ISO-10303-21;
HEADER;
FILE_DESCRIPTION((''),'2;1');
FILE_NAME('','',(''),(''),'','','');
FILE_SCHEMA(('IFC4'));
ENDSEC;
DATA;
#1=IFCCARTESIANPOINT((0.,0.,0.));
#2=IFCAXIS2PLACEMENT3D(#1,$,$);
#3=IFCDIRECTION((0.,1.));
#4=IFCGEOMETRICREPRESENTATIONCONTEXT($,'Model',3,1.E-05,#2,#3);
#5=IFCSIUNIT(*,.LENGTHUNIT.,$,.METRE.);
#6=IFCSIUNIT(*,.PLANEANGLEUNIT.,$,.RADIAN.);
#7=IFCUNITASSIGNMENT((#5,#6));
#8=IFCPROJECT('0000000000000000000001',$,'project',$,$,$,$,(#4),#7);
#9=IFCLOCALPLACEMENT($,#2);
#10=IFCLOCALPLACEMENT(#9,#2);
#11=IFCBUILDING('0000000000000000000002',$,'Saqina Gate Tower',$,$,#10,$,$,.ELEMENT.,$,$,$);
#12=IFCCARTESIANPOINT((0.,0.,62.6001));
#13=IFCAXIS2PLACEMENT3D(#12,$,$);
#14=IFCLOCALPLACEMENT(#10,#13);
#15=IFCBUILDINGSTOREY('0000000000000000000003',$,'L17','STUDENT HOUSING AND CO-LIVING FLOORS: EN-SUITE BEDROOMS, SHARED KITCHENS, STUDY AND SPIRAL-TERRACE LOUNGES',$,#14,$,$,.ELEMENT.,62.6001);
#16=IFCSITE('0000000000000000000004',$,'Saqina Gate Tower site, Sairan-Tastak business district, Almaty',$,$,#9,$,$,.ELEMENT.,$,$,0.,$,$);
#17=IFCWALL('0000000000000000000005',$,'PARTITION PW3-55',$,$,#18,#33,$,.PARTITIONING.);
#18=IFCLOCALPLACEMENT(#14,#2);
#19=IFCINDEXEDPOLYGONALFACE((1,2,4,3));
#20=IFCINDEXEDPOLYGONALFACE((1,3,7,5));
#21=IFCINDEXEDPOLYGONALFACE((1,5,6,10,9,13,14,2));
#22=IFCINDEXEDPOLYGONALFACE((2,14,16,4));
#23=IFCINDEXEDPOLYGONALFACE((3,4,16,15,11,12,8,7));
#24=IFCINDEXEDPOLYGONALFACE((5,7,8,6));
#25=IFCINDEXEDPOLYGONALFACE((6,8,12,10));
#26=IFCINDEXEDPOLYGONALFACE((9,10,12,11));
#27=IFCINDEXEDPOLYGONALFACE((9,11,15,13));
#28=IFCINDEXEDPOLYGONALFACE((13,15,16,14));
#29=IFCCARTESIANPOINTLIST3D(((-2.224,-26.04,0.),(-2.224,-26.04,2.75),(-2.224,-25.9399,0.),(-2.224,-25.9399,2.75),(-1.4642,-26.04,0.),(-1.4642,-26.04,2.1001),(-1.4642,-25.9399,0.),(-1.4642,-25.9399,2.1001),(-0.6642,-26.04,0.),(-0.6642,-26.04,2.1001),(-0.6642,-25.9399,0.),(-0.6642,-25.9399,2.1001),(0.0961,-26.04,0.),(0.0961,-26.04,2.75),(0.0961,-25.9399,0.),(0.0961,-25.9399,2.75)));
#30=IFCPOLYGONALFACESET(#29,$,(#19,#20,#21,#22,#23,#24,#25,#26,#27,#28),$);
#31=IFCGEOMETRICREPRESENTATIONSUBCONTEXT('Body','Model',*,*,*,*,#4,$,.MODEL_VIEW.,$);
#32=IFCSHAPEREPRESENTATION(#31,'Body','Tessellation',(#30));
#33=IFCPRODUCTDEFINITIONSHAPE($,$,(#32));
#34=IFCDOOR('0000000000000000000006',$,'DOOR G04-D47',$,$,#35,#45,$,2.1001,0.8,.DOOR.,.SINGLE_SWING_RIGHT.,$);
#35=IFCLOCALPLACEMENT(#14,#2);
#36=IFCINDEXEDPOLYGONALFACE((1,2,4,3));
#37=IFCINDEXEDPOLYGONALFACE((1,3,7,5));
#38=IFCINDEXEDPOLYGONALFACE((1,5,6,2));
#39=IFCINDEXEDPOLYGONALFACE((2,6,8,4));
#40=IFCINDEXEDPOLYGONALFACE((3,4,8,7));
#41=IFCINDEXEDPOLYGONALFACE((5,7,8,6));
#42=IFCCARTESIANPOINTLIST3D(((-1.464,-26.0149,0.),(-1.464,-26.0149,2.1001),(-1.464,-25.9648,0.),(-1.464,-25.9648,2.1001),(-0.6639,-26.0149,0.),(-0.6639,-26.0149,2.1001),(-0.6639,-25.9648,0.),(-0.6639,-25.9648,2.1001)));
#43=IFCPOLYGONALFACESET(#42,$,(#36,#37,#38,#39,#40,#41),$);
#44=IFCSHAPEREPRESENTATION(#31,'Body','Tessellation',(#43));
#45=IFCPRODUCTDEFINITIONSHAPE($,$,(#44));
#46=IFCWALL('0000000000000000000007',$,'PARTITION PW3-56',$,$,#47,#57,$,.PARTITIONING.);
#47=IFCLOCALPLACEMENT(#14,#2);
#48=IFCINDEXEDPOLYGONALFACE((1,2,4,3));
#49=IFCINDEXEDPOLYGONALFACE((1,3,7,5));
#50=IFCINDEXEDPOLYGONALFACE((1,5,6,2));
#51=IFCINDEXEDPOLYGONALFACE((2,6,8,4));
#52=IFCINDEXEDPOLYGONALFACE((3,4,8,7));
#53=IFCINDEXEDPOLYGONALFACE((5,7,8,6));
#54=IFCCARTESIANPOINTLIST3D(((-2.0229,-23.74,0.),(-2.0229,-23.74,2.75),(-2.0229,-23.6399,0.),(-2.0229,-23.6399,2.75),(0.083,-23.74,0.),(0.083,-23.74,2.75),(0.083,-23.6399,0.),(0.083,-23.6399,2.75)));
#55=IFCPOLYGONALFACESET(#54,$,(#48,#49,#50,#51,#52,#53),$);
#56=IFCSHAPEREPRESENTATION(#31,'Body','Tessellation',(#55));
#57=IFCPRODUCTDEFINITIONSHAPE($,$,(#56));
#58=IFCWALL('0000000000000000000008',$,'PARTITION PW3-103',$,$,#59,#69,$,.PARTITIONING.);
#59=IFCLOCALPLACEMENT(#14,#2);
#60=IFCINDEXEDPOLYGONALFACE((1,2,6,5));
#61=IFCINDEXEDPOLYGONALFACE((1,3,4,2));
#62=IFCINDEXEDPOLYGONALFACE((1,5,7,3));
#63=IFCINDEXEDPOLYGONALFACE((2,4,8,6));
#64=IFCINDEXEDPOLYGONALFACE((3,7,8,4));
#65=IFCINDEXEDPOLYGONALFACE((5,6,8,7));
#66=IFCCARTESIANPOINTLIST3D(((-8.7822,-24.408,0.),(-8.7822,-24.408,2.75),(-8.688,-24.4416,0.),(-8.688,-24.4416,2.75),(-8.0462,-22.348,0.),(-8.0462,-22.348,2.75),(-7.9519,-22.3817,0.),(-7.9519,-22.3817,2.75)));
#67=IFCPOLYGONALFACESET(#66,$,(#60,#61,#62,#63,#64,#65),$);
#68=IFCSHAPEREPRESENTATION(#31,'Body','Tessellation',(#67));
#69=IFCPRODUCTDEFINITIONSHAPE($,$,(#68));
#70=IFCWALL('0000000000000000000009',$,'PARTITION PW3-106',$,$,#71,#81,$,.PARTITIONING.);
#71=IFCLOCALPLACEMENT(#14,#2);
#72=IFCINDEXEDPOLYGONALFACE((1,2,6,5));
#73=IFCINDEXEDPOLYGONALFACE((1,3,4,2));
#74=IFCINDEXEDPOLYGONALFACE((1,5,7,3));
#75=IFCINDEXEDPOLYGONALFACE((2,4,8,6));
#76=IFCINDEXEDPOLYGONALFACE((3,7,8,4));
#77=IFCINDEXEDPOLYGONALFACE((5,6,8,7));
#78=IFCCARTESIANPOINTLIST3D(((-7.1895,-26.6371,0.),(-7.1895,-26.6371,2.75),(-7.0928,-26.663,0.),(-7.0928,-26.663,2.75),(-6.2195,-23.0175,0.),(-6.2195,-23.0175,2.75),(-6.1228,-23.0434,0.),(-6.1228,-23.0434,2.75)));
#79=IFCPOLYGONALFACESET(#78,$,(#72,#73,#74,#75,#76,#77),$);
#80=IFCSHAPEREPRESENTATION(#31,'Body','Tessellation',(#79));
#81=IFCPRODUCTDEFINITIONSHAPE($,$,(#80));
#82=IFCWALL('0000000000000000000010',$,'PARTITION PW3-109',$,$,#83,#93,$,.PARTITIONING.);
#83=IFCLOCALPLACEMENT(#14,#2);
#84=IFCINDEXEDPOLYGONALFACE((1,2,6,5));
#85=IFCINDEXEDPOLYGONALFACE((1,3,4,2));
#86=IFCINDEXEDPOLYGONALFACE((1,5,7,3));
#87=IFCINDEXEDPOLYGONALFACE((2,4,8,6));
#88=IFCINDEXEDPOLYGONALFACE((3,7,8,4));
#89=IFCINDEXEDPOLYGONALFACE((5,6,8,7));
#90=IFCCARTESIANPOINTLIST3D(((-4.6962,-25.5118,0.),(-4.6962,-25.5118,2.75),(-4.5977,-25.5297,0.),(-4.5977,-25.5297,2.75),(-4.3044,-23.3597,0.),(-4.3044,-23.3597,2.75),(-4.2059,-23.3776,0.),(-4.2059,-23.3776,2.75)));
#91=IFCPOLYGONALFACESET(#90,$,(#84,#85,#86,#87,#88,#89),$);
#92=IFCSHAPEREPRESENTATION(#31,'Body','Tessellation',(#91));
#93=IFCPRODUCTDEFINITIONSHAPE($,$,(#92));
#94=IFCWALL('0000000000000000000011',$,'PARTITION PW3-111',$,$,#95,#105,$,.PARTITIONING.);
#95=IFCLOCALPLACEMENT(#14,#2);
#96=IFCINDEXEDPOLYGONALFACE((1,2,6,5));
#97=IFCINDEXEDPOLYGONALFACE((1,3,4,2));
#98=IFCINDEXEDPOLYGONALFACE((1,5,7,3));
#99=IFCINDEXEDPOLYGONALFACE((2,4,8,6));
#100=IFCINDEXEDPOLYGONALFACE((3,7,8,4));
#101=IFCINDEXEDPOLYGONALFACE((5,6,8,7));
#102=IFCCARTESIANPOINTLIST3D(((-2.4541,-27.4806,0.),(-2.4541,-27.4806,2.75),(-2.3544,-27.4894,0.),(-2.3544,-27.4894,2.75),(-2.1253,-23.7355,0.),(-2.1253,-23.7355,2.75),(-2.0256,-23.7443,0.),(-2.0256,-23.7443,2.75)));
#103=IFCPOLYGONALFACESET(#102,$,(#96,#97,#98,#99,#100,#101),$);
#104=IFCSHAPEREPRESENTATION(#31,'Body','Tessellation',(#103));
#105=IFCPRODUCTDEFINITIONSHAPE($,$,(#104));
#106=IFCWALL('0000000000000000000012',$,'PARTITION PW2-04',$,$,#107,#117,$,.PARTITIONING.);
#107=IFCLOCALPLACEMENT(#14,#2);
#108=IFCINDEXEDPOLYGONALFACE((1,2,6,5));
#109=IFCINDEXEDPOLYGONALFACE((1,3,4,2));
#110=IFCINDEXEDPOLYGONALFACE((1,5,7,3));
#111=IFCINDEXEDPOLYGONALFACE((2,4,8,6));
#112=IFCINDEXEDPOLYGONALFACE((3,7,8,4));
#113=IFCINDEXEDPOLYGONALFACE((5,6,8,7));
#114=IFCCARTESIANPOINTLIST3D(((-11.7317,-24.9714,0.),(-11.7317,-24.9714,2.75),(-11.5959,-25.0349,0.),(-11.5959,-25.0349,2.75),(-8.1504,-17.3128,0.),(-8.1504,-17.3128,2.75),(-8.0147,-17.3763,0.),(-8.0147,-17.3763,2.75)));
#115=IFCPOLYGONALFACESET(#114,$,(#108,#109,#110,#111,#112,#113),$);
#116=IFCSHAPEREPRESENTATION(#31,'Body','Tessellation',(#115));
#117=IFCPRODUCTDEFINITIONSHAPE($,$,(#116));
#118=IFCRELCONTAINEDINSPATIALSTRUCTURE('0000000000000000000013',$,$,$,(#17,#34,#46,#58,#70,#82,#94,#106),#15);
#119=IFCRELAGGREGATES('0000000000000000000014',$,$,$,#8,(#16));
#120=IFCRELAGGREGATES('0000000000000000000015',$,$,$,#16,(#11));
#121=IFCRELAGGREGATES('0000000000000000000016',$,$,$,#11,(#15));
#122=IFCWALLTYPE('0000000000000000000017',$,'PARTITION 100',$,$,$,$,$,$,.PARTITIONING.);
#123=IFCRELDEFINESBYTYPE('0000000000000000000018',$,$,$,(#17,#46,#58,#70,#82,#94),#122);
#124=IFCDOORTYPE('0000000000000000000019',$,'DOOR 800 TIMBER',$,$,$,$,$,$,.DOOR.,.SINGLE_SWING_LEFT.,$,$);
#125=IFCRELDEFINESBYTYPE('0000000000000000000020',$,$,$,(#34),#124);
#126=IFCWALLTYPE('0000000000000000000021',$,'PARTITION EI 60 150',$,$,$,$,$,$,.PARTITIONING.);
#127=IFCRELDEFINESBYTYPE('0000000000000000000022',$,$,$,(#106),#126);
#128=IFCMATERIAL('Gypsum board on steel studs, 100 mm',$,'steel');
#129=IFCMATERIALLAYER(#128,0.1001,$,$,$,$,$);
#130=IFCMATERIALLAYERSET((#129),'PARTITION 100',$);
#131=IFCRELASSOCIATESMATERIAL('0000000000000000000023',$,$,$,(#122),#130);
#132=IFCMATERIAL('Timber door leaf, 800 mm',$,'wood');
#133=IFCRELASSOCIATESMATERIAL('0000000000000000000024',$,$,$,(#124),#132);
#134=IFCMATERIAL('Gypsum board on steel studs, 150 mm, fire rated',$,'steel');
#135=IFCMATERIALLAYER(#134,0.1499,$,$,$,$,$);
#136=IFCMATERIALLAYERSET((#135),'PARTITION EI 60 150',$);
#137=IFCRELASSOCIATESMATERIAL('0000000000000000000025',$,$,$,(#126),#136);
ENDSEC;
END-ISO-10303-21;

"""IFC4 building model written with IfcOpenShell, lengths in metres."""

from ifc_helpers import new_model, si_unit, direction, frame, frame_2d, origin, place, context, subcontext, project, spatial, rectangle, extrude, material, layer, layer_set, type_object, element, fill, save


model = new_model("IFC4")

# Units and contexts
model_context = context("Model", 3, precision=1e-05, world=origin(), true_north=direction((0.0, 1.0)))
body_context = subcontext(model_context, "Body", "Model", "MODEL_VIEW")
ifc_project = project(units=[si_unit("LENGTHUNIT", "METRE"), si_unit("PLANEANGLEUNIT", "RADIAN")], contexts=[model_context])

# Site, building, storey
site_placement = place(None, origin())
site = spatial("IfcSite", under=ifc_project, at=site_placement, Name="Saqina Gate Tower site, Sairan-Tastak business district, Almaty", CompositionType="ELEMENT", RefElevation=0.0)
building_placement = place(site_placement, origin())
building = spatial("IfcBuilding", under=site, at=building_placement, Name="Saqina Gate Tower", CompositionType="ELEMENT")
storey_placement = place(building_placement, frame((0.0, 0.0, 62.6001)))
storey = spatial("IfcBuildingStorey", under=building, at=storey_placement, Name="L17", Description="STUDENT HOUSING AND CO-LIVING FLOORS: EN-SUITE BEDROOMS, SHARED KITCHENS, STUDY AND SPIRAL-TERRACE LOUNGES", CompositionType="ELEMENT", Elevation=62.6001)

# Wall, opening, door
ifc_material_1 = material(Name="Gypsum board on steel studs, 100 mm", Category="steel")
ifc_layer_1 = layer(ifc_material_1, 0.1001)
ifc_layer_set_1 = layer_set([ifc_layer_1], Name="PARTITION 100")
wall_type_1 = type_object("IfcWallType", Name="PARTITION 100", PredefinedType="PARTITIONING", material=ifc_layer_set_1)
ifc_material_2 = material(Name="Timber door leaf, 800 mm", Category="wood")
door_type = type_object("IfcDoorType", Name="DOOR 800 TIMBER", OperationType="SINGLE_SWING_LEFT", PredefinedType="DOOR", material=ifc_material_2)
wall_1_placement = place(storey_placement, frame((-2.2241, -25.99, 0.0), z_axis=(0.0, 0.0, 1.0), x_axis=(1.0, 0.0, 0.0)))
wall_1 = element("IfcWall", 1, at=wall_1_placement, inside=storey, type_object=wall_type_1, Name="PARTITION PW3-55", PredefinedType="PARTITIONING", context=body_context, shape_type="SweptSolid", body=[
    extrude(rectangle(XDim=2.3201, YDim=0.1001, at=frame_2d((1.1602, 0.0))), origin(), (0.0, 0.0, 1.0), 2.75),
])
opening_1_placement = place(wall_1_placement, frame((0.76, 0.0, 0.0)))
opening_1 = element("IfcOpeningElement", 2, at=opening_1_placement, cuts=wall_1, PredefinedType="OPENING", context=body_context, shape_type="SweptSolid", body=[
    extrude(rectangle(XDim=0.8, YDim=2.1001, at=frame_2d((0.3999, 1.05))), frame((0.0, 0.062, 0.0), z_axis=(0.0, -1.0, 0.0), x_axis=(1.0, 0.0, 0.0)), (0.0, 0.0, 1.0), 0.124),
])
door_1_placement = place(opening_1_placement, frame((0.8, 0.0, 0.0), z_axis=(0.0, 0.0, 1.0), x_axis=(-1.0, 0.0, 0.0)))
door_1 = element("IfcDoor", 3, at=door_1_placement, inside=storey, type_object=door_type, Name="DOOR G04-D47", OperationType="SINGLE_SWING_RIGHT", OverallHeight=2.1001, OverallWidth=0.8, PredefinedType="DOOR", context=body_context, shape_type="SweptSolid", body=[
    extrude(rectangle(XDim=0.8, YDim=2.1001, at=frame_2d((0.3999, 1.05))), frame((0.0, 0.0249, 0.0), z_axis=(0.0, -1.0, 0.0), x_axis=(1.0, 0.0, 0.0)), (0.0, 0.0, 1.0), 0.05),
])
fill(opening_1, door_1)

# Walls
wall_2_placement = place(storey_placement, frame((-2.0229, -23.6899, 0.0), z_axis=(0.0, 0.0, 1.0), x_axis=(1.0, 0.0, 0.0)))
element("IfcWall", 4, at=wall_2_placement, inside=storey, type_object=wall_type_1, Name="PARTITION PW3-56", PredefinedType="PARTITIONING", context=body_context, shape_type="SweptSolid", body=[
    extrude(rectangle(XDim=2.106, YDim=0.1001, at=frame_2d((1.053, 0.0))), origin(), (0.0, 0.0, 1.0), 2.75),
])
wall_3_placement = place(storey_placement, frame((-8.7351, -24.4248, 0.0), z_axis=(0.0, 0.0, 1.0), x_axis=(0.336478, 0.941691, 0.0)))
element("IfcWall", 5, at=wall_3_placement, inside=storey, type_object=wall_type_1, Name="PARTITION PW3-103", PredefinedType="PARTITIONING", context=body_context, shape_type="SweptSolid", body=[
    extrude(rectangle(XDim=2.1875, YDim=0.1001, at=frame_2d((1.0938, 0.0))), origin(), (0.0, 0.0, 1.0), 2.75),
])
wall_4_placement = place(storey_placement, frame((-7.1411, -26.6499, 0.0), z_axis=(0.0, 0.0, 1.0), x_axis=(0.258842, 0.96592, 0.0)))
element("IfcWall", 6, at=wall_4_placement, inside=storey, type_object=wall_type_1, Name="PARTITION PW3-106", PredefinedType="PARTITIONING", context=body_context, shape_type="SweptSolid", body=[
    extrude(rectangle(XDim=3.7473, YDim=0.1001, at=frame_2d((1.8735, 0.0))), origin(), (0.0, 0.0, 1.0), 2.75),
])
wall_5_placement = place(storey_placement, frame((-4.647, -25.5208, 0.0), z_axis=(0.0, 0.0, 1.0), x_axis=(0.179131, 0.983825, 0.0)))
element("IfcWall", 7, at=wall_5_placement, inside=storey, type_object=wall_type_1, Name="PARTITION PW3-109", PredefinedType="PARTITIONING", context=body_context, shape_type="SweptSolid", body=[
    extrude(rectangle(XDim=2.1875, YDim=0.1001, at=frame_2d((1.0938, 0.0))), origin(), (0.0, 0.0, 1.0), 2.75),
])
wall_6_placement = place(storey_placement, frame((-2.4043, -27.4851, 0.0), z_axis=(0.0, 0.0, 1.0), x_axis=(0.087473, 0.996167, 0.0)))
element("IfcWall", 8, at=wall_6_placement, inside=storey, type_object=wall_type_1, Name="PARTITION PW3-111", PredefinedType="PARTITIONING", context=body_context, shape_type="SweptSolid", body=[
    extrude(rectangle(XDim=3.7595, YDim=0.1001, at=frame_2d((1.8799, 0.0))), origin(), (0.0, 0.0, 1.0), 2.75),
])
ifc_material_3 = material(Name="Gypsum board on steel studs, 150 mm, fire rated", Category="steel")
ifc_layer_2 = layer(ifc_material_3, 0.1499)
ifc_layer_set_2 = layer_set([ifc_layer_2], Name="PARTITION EI 60 150")
wall_type_2 = type_object("IfcWallType", Name="PARTITION EI 60 150", PredefinedType="PARTITIONING", material=ifc_layer_set_2)
wall_7_placement = place(storey_placement, frame((-11.6638, -25.0032, 0.0), z_axis=(0.0, 0.0, 1.0), x_axis=(0.423589, 0.905855, 0.0)))
element("IfcWall", 9, at=wall_7_placement, inside=storey, type_object=wall_type_2, Name="PARTITION PW2-04", PredefinedType="PARTITIONING", context=body_context, shape_type="SweptSolid", body=[
    extrude(rectangle(XDim=8.4546, YDim=0.1499, at=frame_2d((4.2273, 0.0))), origin(), (0.0, 0.0, 1.0), 2.75),
])

save(model, "model.ifc")
